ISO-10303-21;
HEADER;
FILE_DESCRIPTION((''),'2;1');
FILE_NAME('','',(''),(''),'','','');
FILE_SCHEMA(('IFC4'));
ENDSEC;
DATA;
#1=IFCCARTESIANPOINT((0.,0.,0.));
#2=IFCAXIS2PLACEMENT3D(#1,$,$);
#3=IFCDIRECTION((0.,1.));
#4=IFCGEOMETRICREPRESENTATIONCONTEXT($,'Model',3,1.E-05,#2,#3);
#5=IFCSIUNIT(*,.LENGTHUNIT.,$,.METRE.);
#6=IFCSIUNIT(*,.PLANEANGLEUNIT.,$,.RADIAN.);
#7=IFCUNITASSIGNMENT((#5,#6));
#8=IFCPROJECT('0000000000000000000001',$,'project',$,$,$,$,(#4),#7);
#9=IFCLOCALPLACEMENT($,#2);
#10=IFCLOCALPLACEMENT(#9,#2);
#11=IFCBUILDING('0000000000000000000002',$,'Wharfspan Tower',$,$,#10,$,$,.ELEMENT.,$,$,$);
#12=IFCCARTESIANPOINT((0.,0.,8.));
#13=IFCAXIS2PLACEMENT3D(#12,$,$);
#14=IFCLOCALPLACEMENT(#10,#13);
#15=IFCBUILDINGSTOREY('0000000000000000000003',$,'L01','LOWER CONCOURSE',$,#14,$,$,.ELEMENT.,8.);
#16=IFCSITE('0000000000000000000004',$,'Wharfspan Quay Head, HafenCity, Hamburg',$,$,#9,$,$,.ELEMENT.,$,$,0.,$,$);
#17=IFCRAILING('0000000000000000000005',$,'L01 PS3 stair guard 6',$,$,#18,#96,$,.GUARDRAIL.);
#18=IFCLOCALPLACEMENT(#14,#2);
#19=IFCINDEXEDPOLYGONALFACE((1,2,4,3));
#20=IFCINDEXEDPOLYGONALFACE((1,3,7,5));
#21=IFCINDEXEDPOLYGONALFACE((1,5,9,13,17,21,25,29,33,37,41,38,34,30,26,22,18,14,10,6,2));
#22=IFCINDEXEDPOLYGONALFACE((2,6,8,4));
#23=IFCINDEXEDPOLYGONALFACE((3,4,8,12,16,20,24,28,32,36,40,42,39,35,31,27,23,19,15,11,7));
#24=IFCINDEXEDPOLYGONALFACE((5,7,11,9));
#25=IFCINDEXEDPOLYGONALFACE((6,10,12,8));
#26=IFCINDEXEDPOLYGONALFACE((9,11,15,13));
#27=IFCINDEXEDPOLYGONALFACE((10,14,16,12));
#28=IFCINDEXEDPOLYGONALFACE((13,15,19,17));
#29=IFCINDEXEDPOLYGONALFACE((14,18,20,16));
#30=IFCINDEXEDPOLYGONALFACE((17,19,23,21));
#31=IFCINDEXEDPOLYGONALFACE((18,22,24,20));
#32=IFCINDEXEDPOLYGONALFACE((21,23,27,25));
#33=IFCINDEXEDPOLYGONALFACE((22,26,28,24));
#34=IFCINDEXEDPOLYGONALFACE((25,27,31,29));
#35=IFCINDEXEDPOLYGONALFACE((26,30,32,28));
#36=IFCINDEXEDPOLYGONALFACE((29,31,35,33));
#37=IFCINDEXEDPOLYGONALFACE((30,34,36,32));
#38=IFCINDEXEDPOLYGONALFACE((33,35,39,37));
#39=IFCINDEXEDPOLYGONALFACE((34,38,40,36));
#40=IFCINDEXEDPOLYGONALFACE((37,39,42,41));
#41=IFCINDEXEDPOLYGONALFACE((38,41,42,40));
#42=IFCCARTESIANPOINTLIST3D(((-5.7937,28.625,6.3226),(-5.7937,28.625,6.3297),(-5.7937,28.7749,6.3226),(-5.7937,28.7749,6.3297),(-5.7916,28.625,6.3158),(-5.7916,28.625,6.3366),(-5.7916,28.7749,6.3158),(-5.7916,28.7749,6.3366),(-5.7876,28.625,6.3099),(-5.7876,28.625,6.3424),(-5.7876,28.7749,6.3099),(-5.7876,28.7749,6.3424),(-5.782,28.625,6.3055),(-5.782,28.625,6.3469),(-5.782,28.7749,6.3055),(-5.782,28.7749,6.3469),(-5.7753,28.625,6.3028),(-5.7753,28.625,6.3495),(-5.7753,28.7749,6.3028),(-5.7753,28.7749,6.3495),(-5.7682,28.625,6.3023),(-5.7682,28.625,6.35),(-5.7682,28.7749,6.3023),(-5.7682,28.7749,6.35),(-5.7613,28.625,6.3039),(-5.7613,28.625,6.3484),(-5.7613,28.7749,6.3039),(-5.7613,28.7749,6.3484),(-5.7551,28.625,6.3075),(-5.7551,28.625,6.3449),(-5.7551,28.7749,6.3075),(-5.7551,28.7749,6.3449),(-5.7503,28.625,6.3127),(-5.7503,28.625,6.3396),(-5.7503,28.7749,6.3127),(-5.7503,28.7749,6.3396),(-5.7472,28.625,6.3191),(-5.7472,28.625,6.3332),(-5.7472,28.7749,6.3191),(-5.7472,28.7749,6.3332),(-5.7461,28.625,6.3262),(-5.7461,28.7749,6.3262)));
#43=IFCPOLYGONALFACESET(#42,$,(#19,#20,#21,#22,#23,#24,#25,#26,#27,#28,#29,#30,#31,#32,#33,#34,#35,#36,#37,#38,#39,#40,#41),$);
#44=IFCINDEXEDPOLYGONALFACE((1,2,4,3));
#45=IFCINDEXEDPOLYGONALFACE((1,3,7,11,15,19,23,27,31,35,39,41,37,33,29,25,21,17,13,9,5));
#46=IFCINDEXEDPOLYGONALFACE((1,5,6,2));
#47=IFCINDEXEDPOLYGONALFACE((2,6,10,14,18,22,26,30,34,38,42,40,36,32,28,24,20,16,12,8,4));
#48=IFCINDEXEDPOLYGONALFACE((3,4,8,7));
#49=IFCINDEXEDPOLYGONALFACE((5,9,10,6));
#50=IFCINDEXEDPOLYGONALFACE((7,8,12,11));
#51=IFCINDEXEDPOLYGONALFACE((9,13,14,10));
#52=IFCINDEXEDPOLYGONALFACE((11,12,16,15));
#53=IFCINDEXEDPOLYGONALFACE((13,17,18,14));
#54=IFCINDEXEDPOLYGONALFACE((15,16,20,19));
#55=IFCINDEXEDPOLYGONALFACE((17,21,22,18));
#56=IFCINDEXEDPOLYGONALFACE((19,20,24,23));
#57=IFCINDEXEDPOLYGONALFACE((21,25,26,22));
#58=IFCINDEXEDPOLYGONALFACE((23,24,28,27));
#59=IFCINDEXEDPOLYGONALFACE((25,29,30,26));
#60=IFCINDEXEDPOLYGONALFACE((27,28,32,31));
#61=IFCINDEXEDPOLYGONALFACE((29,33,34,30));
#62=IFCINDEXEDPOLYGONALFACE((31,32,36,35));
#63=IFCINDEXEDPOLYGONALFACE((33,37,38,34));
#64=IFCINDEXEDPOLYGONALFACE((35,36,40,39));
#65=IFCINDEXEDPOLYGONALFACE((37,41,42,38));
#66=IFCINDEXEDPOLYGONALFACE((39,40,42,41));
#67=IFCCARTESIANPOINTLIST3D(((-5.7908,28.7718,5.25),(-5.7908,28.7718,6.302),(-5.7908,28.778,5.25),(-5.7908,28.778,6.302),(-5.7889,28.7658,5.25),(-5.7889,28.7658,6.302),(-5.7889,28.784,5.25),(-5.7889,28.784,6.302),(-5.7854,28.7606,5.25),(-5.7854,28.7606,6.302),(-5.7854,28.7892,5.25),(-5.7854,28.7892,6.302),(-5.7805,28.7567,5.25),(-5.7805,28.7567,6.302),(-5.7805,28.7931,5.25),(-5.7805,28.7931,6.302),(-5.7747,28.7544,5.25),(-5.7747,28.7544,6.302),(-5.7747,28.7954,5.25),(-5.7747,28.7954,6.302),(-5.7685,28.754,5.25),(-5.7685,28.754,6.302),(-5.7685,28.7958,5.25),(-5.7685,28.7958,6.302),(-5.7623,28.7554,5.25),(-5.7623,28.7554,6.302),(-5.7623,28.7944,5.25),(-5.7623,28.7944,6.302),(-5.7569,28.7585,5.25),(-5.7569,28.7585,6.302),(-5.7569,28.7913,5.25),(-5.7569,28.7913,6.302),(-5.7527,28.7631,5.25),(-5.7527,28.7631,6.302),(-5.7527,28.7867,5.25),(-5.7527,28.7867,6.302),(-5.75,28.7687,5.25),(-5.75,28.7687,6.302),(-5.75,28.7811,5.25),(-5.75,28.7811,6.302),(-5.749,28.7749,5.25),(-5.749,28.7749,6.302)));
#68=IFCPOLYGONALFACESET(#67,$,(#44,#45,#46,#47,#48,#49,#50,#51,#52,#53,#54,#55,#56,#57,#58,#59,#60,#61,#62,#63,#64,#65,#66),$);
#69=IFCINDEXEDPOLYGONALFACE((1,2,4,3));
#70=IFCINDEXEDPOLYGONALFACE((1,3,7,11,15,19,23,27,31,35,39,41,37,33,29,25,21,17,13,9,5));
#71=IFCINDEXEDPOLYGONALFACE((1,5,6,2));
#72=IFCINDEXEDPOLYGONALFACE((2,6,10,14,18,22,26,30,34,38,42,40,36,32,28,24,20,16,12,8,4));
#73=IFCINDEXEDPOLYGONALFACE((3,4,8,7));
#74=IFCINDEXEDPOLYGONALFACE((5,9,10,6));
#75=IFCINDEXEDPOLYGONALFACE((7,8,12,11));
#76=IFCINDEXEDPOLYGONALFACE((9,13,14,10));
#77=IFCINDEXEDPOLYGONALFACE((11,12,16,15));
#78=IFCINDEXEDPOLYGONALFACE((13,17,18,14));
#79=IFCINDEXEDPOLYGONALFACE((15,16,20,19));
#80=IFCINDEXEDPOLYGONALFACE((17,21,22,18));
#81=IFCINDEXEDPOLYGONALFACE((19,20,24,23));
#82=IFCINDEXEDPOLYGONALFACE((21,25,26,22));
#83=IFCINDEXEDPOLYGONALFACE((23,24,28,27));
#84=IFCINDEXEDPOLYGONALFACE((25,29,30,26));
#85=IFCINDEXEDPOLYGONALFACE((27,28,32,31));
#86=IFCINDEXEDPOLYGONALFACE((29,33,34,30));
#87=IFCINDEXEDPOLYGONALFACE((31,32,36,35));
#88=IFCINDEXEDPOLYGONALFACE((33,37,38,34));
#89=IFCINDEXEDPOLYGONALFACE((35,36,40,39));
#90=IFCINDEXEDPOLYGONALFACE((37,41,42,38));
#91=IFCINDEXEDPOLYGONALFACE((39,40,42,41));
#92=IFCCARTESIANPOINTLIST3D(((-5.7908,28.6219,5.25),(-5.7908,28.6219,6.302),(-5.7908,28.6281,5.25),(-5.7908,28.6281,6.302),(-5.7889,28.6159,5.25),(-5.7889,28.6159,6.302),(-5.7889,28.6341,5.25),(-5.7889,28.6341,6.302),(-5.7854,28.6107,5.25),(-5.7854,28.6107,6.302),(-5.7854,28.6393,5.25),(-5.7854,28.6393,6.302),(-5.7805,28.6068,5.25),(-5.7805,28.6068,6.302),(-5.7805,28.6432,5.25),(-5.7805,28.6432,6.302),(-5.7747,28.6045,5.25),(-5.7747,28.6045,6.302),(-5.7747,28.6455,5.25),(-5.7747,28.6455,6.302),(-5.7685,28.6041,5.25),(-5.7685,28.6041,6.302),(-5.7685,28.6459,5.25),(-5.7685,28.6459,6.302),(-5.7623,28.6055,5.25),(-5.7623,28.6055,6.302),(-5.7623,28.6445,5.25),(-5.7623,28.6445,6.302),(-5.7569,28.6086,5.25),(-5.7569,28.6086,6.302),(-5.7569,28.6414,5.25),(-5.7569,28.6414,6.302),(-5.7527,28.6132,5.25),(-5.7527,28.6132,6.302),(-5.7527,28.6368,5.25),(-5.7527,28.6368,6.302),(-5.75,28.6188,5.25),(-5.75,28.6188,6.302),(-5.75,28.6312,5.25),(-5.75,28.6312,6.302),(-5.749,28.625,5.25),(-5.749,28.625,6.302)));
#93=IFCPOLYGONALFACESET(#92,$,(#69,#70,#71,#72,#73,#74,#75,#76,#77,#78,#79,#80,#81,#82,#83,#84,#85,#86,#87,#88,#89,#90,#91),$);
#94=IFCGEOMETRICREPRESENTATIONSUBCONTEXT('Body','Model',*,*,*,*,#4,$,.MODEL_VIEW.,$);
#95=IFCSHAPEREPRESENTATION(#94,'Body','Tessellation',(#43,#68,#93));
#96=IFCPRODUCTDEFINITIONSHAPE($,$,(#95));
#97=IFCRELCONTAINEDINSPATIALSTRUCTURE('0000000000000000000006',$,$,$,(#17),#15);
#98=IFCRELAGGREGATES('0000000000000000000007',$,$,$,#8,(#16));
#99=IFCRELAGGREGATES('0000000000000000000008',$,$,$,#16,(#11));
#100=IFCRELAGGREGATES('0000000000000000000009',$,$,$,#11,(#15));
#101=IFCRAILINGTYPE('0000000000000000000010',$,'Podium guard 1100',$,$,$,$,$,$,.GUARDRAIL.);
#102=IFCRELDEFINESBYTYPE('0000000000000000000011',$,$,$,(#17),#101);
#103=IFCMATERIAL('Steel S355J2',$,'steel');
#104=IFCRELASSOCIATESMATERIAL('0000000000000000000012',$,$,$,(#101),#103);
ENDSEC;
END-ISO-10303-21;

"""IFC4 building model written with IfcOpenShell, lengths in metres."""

from ifc_helpers import new_model, si_unit, direction, frame, origin, origin_2d, place, context, subcontext, project, spatial, circle, extrude, material, type_object, element, save


model = new_model("IFC4")

# Units and contexts
model_context = context("Model", 3, precision=1e-05, world=origin(), true_north=direction((0.0, 1.0)))
body_context = subcontext(model_context, "Body", "Model", "MODEL_VIEW")
ifc_project = project(units=[si_unit("LENGTHUNIT", "METRE"), si_unit("PLANEANGLEUNIT", "RADIAN")], contexts=[model_context])

# Site, building, storey
site_placement = place(None, origin())
site = spatial("IfcSite", under=ifc_project, at=site_placement, Name="Wharfspan Quay Head, HafenCity, Hamburg", CompositionType="ELEMENT", RefElevation=0.0)
building_placement = place(site_placement, origin())
building = spatial("IfcBuilding", under=site, at=building_placement, Name="Wharfspan Tower", CompositionType="ELEMENT")
storey_placement = place(building_placement, frame((0.0, 0.0, 8.0)))
storey = spatial("IfcBuildingStorey", under=building, at=storey_placement, Name="L01", Description="LOWER CONCOURSE", CompositionType="ELEMENT", Elevation=8.0)

# Railing
ifc_material_1 = material(Name="Steel S355J2", Category="steel")
railing_type_1 = type_object("IfcRailingType", Name="Podium guard 1100", PredefinedType="GUARDRAIL", material=ifc_material_1)
railing_1_placement = place(storey_placement, frame((-5.77, 28.7749, 5.25)))
element("IfcRailing", 1, at=railing_1_placement, inside=storey, type_object=railing_type_1, Name="L01 PS3 stair guard 6", PredefinedType="GUARDRAIL", context=body_context, shape_type="SweptSolid", body=[
    extrude(circle(Radius=0.0239, at=origin_2d()), frame((0.0, 0.0, 1.0762), z_axis=(0.0, -1.0, 0.0), x_axis=(1.0, 0.0, 0.0)), (0.0, 0.0, 1.0), 0.1499),
    extrude(circle(Radius=0.021, at=origin_2d()), origin(), (0.0, 0.0, 1.0), 1.052),
    extrude(circle(Radius=0.021, at=origin_2d()), frame((0.0, -0.1499, 0.0)), (0.0, 0.0, 1.0), 1.052),
])

save(model, "model.ifc")
